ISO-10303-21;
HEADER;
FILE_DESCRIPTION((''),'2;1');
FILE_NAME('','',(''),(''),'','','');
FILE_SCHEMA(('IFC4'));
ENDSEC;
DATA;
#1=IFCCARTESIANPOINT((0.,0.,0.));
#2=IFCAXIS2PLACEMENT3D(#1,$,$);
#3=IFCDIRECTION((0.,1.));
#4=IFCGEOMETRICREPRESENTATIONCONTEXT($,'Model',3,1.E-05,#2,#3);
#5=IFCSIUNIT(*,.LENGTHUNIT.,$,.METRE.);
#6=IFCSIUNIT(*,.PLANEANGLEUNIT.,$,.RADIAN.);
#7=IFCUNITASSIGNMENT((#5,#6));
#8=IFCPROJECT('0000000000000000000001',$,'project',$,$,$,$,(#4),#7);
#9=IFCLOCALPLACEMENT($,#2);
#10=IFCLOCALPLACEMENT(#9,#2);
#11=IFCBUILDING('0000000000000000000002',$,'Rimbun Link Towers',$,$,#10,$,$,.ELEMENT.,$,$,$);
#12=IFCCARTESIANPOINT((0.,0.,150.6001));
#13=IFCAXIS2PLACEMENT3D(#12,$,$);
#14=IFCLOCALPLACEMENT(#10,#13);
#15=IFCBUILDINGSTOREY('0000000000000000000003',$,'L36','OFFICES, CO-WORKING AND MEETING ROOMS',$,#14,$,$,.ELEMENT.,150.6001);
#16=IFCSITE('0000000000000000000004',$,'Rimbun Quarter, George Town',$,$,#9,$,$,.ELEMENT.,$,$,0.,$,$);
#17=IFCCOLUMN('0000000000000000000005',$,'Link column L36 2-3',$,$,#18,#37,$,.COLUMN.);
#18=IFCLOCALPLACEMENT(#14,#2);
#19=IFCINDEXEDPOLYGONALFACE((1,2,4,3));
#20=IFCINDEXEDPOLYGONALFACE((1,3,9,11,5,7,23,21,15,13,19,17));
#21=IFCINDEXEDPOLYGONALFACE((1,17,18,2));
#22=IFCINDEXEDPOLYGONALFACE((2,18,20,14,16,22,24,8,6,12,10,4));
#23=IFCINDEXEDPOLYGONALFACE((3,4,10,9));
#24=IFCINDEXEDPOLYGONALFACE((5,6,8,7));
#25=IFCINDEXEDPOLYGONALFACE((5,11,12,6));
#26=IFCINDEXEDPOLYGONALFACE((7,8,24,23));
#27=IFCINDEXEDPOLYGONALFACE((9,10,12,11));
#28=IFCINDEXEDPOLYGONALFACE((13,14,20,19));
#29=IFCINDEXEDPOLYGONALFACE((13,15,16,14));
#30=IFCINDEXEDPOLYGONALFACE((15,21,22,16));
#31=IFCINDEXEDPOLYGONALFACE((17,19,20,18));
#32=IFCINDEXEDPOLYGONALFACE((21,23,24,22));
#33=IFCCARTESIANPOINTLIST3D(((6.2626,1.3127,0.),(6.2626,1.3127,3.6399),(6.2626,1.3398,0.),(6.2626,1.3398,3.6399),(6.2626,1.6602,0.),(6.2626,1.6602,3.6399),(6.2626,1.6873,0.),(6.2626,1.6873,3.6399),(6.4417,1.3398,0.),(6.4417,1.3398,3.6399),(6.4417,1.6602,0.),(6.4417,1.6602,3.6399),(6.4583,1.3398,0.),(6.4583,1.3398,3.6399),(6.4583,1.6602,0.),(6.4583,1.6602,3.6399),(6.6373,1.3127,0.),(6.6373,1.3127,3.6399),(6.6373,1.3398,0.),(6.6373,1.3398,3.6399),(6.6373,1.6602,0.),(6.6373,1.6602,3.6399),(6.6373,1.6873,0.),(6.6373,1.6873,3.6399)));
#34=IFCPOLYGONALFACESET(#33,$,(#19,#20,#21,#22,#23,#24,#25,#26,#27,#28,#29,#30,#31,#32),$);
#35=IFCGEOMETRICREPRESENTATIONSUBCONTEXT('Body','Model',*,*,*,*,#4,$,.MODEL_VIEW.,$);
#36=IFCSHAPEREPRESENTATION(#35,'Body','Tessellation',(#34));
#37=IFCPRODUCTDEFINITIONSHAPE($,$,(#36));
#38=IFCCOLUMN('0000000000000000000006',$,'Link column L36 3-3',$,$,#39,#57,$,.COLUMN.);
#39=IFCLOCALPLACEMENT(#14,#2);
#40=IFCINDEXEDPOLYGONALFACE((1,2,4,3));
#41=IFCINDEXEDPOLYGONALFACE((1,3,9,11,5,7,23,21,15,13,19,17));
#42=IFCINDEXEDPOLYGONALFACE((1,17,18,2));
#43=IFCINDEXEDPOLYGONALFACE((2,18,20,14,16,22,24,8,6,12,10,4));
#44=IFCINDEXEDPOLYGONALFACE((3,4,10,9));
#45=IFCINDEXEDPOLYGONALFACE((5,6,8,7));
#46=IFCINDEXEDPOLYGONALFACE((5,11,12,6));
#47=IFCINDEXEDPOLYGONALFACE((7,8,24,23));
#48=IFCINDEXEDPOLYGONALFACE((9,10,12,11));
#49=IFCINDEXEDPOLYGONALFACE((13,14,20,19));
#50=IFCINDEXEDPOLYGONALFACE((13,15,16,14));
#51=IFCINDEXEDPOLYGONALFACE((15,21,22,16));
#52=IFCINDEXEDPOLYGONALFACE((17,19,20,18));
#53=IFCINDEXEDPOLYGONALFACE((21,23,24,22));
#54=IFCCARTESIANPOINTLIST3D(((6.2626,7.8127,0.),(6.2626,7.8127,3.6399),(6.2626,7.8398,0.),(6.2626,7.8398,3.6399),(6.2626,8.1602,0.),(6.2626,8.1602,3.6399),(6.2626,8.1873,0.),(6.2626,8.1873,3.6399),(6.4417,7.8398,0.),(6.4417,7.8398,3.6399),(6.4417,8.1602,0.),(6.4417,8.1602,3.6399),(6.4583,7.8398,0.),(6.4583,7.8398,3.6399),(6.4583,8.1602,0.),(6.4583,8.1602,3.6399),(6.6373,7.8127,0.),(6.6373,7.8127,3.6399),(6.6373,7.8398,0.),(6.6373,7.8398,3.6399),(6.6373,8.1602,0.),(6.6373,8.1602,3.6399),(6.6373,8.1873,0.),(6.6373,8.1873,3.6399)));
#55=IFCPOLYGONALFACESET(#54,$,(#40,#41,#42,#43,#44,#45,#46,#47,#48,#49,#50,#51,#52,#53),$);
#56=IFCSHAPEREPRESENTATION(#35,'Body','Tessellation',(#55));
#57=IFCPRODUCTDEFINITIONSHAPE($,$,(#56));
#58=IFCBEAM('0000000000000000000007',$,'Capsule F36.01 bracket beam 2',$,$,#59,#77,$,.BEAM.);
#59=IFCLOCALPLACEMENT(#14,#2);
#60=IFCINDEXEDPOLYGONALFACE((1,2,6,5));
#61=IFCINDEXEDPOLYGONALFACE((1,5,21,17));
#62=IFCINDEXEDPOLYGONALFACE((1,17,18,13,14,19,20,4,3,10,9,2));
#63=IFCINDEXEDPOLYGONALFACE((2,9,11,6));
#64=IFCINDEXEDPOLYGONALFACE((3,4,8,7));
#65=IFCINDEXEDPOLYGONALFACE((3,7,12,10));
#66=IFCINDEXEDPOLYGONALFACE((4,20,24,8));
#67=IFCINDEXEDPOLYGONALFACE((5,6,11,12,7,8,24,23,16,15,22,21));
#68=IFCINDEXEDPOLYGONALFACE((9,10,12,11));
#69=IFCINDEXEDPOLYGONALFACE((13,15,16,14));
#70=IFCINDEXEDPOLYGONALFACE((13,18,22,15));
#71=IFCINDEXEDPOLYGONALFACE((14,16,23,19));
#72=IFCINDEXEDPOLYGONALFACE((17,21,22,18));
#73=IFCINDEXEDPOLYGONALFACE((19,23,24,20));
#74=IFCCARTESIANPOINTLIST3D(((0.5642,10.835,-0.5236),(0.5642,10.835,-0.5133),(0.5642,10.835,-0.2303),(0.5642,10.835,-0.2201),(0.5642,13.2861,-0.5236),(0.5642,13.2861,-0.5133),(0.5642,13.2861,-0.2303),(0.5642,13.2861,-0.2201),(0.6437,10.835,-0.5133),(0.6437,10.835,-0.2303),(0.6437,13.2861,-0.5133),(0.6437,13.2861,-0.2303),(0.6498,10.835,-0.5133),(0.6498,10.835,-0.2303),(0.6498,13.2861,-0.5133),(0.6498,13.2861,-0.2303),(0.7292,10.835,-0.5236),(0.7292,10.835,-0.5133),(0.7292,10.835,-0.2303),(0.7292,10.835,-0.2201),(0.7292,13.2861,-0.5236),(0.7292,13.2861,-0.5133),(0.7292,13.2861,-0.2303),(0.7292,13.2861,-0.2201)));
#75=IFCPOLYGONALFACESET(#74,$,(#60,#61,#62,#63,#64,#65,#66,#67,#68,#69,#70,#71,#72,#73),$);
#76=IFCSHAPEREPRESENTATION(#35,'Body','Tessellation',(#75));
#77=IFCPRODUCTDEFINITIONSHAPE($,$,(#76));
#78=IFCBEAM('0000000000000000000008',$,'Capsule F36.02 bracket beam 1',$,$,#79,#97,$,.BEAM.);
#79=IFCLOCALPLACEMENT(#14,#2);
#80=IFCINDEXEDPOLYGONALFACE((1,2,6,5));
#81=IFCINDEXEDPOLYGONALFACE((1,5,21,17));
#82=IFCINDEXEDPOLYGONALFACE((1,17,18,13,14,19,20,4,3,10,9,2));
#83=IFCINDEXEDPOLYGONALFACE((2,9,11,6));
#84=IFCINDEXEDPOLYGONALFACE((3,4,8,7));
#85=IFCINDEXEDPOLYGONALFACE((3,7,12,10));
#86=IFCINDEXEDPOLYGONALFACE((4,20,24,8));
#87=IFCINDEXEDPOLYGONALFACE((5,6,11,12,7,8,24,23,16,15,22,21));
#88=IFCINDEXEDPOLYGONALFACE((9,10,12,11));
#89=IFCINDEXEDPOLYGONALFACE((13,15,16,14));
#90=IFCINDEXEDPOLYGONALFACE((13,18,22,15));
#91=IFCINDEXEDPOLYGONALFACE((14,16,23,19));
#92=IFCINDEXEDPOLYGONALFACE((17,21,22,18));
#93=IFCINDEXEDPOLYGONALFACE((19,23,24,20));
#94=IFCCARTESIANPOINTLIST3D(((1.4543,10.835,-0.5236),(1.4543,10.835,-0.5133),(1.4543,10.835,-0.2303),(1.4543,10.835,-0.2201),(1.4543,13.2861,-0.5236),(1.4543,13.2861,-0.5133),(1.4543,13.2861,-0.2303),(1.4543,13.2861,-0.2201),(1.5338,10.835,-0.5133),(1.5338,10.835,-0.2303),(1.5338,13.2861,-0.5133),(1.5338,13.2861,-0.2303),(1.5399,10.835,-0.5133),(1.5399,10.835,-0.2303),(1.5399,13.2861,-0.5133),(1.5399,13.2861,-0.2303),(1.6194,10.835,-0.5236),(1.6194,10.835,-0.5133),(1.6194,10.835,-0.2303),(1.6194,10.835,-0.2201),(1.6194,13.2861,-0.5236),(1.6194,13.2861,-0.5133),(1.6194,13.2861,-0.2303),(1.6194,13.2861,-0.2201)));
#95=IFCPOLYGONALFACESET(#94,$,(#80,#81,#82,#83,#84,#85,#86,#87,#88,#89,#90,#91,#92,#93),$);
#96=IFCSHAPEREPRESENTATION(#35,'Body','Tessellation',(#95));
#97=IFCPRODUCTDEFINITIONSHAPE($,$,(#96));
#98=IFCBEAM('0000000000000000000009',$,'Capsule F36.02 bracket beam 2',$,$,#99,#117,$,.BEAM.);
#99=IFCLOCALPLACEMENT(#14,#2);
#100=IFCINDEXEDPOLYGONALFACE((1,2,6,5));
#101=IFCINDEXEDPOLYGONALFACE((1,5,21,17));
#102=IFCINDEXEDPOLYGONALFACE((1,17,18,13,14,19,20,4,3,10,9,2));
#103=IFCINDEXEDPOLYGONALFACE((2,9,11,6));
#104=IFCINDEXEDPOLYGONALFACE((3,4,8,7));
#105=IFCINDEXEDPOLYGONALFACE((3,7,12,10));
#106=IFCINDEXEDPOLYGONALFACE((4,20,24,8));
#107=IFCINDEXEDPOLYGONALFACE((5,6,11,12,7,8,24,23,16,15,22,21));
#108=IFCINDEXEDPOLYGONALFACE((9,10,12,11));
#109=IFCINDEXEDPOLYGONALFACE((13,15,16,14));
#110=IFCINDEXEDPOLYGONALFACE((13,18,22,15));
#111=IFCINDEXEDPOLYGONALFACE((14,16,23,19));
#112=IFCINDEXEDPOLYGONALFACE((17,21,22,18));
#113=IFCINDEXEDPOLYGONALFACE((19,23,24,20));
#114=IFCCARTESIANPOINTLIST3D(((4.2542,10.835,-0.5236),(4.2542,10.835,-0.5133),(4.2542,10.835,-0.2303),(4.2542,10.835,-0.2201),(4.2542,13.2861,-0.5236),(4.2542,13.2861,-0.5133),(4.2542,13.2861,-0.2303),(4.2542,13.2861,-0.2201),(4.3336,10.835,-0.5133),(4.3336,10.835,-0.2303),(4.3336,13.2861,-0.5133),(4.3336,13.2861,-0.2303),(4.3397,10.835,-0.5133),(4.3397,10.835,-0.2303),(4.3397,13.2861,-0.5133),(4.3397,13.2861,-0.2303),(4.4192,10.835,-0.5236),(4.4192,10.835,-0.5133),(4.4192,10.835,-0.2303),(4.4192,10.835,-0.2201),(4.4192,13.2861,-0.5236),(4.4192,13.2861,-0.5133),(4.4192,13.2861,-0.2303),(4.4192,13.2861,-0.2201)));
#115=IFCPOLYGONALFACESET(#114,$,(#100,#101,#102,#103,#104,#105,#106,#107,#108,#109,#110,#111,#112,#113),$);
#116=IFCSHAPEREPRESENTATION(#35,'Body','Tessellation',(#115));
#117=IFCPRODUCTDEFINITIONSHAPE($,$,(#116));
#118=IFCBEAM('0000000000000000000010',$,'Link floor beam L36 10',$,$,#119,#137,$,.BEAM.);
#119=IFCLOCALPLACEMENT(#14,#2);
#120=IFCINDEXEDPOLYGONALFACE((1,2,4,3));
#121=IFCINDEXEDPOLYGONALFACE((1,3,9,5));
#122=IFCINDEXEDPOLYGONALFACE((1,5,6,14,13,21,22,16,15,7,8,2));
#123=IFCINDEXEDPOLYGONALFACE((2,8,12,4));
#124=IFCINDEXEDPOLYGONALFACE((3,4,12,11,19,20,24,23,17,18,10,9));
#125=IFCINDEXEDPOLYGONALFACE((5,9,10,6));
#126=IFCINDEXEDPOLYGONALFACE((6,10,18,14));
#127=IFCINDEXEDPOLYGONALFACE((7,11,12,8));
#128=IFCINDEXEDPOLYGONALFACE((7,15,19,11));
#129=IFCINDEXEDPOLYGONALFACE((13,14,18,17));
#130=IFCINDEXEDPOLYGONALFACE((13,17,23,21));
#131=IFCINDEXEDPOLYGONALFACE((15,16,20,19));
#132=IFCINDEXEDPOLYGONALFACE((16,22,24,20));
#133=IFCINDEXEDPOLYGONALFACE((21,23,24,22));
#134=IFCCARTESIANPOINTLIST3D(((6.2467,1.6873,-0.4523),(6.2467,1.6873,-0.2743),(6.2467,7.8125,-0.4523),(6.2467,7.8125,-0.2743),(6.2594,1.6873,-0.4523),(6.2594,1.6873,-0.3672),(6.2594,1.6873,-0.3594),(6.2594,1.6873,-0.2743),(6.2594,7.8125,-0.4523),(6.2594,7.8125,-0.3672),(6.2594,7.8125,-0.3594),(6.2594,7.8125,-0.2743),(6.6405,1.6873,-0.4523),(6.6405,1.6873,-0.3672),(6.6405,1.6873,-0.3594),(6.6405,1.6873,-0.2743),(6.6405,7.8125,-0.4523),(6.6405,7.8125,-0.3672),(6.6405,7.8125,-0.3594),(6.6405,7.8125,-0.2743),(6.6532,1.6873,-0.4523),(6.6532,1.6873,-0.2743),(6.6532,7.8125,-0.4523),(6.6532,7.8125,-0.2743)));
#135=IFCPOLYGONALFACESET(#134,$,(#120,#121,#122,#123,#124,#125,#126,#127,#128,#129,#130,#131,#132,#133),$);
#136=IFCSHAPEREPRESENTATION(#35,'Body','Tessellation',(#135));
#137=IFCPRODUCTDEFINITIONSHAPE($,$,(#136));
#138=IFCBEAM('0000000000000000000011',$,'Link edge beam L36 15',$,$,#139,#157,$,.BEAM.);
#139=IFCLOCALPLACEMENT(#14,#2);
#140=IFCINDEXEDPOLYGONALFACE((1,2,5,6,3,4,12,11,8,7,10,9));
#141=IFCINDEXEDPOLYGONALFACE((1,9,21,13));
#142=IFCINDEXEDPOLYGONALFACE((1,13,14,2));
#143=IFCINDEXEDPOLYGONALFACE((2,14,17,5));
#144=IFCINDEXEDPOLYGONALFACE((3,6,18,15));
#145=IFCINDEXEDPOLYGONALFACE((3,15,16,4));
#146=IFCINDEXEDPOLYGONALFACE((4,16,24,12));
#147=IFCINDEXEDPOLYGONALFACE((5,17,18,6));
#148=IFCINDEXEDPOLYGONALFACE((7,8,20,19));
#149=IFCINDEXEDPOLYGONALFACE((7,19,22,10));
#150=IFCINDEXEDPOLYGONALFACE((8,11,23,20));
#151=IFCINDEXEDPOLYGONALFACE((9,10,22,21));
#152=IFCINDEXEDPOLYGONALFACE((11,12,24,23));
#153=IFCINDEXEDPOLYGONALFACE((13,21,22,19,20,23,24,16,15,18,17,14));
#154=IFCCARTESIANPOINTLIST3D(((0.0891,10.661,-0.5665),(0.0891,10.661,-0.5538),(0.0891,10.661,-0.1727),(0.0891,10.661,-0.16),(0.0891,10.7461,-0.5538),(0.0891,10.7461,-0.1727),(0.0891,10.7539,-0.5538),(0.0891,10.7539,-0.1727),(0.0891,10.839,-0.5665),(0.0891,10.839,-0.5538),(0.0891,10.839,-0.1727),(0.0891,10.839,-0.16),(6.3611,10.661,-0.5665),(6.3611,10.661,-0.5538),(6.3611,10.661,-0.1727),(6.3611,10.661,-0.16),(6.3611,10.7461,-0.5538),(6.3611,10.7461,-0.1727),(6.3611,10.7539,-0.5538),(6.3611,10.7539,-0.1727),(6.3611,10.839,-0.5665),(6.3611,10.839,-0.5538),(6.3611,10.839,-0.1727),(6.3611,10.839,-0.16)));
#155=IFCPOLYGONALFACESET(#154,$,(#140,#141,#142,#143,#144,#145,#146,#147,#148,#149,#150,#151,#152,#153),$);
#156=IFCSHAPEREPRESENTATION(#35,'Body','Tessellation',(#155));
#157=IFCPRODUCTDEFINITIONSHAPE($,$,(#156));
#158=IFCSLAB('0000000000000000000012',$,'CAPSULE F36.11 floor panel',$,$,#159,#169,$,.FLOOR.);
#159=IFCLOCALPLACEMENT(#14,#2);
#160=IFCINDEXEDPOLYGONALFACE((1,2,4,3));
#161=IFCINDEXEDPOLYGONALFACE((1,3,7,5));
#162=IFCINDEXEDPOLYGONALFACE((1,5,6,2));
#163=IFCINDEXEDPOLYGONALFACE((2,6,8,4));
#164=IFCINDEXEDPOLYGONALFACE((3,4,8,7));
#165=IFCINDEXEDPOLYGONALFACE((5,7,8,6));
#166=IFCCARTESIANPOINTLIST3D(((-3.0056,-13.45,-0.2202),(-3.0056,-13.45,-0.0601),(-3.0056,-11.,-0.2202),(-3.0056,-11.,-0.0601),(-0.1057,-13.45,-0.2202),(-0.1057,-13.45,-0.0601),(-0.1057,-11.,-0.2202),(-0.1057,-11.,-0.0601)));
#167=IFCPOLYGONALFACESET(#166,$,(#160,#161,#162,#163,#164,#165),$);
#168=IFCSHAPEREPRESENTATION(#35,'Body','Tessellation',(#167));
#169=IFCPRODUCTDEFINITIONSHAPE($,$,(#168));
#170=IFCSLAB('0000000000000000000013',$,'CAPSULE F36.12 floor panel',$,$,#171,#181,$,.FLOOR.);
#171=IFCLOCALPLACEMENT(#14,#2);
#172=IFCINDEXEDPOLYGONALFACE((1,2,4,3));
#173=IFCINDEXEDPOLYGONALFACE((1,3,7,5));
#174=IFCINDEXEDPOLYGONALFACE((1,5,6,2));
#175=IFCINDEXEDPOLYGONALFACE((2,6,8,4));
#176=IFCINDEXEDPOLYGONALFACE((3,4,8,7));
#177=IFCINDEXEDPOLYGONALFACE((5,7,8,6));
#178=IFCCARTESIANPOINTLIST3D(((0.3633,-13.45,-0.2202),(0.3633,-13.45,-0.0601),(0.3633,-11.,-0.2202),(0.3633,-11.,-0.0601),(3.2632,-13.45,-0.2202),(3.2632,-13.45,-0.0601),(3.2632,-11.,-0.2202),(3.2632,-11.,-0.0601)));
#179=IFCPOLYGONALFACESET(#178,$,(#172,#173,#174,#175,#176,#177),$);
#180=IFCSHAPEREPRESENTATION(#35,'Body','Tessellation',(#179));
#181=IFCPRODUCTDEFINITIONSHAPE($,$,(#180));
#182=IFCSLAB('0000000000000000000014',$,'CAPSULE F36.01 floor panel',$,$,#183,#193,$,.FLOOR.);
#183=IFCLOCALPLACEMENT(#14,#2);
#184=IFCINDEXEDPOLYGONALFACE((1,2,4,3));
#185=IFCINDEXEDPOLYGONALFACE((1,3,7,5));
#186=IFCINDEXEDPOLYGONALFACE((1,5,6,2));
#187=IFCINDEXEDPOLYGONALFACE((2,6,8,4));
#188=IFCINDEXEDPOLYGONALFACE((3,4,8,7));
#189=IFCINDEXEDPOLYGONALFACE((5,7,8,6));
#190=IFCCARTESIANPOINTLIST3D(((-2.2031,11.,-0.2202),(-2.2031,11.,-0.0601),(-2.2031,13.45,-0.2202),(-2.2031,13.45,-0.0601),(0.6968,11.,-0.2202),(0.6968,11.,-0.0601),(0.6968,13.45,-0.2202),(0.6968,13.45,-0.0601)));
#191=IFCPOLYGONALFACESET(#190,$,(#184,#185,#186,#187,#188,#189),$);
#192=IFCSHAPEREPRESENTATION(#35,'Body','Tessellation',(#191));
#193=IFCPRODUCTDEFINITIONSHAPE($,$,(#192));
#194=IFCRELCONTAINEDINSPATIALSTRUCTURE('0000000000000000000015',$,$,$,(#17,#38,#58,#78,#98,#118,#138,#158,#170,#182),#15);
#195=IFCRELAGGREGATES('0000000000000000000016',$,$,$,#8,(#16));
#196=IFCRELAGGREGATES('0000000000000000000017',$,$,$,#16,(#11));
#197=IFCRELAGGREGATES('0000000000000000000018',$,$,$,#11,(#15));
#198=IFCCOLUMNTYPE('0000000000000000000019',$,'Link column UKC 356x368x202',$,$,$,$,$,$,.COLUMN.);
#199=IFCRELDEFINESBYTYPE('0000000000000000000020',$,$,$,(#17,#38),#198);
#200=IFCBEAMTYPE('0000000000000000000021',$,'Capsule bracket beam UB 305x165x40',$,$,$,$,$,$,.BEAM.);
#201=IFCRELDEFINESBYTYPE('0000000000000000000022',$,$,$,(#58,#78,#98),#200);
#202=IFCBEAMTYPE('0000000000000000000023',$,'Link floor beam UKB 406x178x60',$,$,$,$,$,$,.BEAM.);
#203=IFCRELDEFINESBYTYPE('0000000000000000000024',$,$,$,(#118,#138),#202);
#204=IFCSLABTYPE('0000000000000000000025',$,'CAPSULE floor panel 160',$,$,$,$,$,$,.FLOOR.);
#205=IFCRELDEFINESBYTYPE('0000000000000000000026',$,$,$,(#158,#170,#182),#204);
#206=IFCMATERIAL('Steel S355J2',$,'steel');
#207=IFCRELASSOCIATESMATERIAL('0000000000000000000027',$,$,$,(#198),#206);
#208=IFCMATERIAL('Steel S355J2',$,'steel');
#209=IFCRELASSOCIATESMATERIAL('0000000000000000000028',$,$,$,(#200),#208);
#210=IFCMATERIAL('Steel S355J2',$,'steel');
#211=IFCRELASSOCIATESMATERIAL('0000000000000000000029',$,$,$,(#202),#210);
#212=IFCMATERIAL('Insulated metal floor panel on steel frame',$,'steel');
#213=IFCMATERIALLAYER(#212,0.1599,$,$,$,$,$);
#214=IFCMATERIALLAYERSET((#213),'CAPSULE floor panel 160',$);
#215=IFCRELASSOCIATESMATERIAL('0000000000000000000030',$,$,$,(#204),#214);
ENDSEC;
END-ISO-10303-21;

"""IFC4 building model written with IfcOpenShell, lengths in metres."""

from ifc_helpers import new_model, si_unit, direction, frame, origin, origin_2d, place, context, subcontext, project, spatial, polyline, i_section, outline, extrude, material, layer, layer_set, material_profile, profile_set, type_object, element, save


model = new_model("IFC4")

# Units and contexts
model_context = context("Model", 3, precision=1e-05, world=origin(), true_north=direction((0.0, 1.0)))
body_context = subcontext(model_context, "Body", "Model", "MODEL_VIEW")
ifc_project = project(units=[si_unit("LENGTHUNIT", "METRE"), si_unit("PLANEANGLEUNIT", "RADIAN")], contexts=[model_context])

# Site, building, storey
site_placement = place(None, origin())
site = spatial("IfcSite", under=ifc_project, at=site_placement, Name="Rimbun Quarter, George Town", CompositionType="ELEMENT", RefElevation=0.0)
building_placement = place(site_placement, origin())
building = spatial("IfcBuilding", under=site, at=building_placement, Name="Rimbun Link Towers", CompositionType="ELEMENT")
storey_placement = place(building_placement, frame((0.0, 0.0, 150.6001)))
storey = spatial("IfcBuildingStorey", under=building, at=storey_placement, Name="L36", Description="OFFICES, CO-WORKING AND MEETING ROOMS", CompositionType="ELEMENT", Elevation=150.6001)

# Columns
ifc_material_1 = material(Name="Steel S355J2", Category="steel")
ifc_material_profile_1 = material_profile(ifc_material_1, i_section(OverallWidth=0.3748, OverallDepth=0.3745, WebThickness=0.0166, FlangeThickness=0.0271, at=origin_2d()), Name="UKC 356x368x202")
ifc_profile_set_1 = profile_set([ifc_material_profile_1], Name="Steel S355J2")
column_type = type_object("IfcColumnType", Name="Link column UKC 356x368x202", PredefinedType="COLUMN", material=ifc_profile_set_1)
for number, where, z_axis, x_axis, name in (
    (1, (6.45, 1.5, 0.0), (0.0, 0.0, 1.0), (1.0, 0.0, 0.0), "Link column L36 2-3"),
    (2, (6.45, 8.0, 0.0), (0.0, 0.0, 1.0), (1.0, 0.0, 0.0), "Link column L36 3-3"),
):
    element("IfcColumn", number, at=place(storey_placement, frame(where, z_axis=z_axis, x_axis=x_axis)), inside=storey, type_object=column_type, Name=name, PredefinedType="COLUMN", context=body_context, shape_type="SweptSolid", body=[
        extrude(i_section(OverallWidth=0.3748, OverallDepth=0.3745, WebThickness=0.0166, FlangeThickness=0.0271, at=origin_2d()), origin(), (0.0, 0.0, 1.0), 3.6399),
    ])

# Beams
ifc_material_2 = material(Name="Steel S355J2", Category="steel")
ifc_material_profile_2 = material_profile(ifc_material_2, i_section(OverallWidth=0.165, OverallDepth=0.3035, WebThickness=0.0061, FlangeThickness=0.0103, at=origin_2d()), Name="UB 305x165x40")
ifc_profile_set_2 = profile_set([ifc_material_profile_2], Name="Steel S355J2")
beam_type_1 = type_object("IfcBeamType", Name="Capsule bracket beam UB 305x165x40", PredefinedType="BEAM", material=ifc_profile_set_2)
for number, where, z_axis, x_axis, name in (
    (3, (0.6467, 10.835, -0.3718), (0.0, 1.0, 0.0), (-1.0, 0.0, 0.0), "Capsule F36.01 bracket beam 2"),
    (4, (1.5369, 10.835, -0.3718), (0.0, 1.0, 0.0), (-1.0, 0.0, 0.0), "Capsule F36.02 bracket beam 1"),
    (5, (4.3367, 10.835, -0.3718), (0.0, 1.0, 0.0), (-1.0, 0.0, 0.0), "Capsule F36.02 bracket beam 2"),
):
    element("IfcBeam", number, at=place(storey_placement, frame(where, z_axis=z_axis, x_axis=x_axis)), inside=storey, type_object=beam_type_1, Name=name, PredefinedType="BEAM", context=body_context, shape_type="SweptSolid", body=[
        extrude(i_section(OverallWidth=0.165, OverallDepth=0.3035, WebThickness=0.0061, FlangeThickness=0.0103, at=origin_2d()), origin(), (0.0, 0.0, 1.0), 2.4512),
    ])
ifc_material_3 = material(Name="Steel S355J2", Category="steel")
ifc_material_profile_3 = material_profile(ifc_material_3, i_section(OverallWidth=0.178, OverallDepth=0.4065, WebThickness=0.0078, FlangeThickness=0.0127, at=origin_2d()), Name="UKB 406x178x60")
ifc_profile_set_3 = profile_set([ifc_material_profile_3], Name="Steel S355J2")
beam_type_2 = type_object("IfcBeamType", Name="Link floor beam UKB 406x178x60", PredefinedType="BEAM", material=ifc_profile_set_3)
beam_1_placement = place(storey_placement, frame((6.45, 1.6873, -0.3633), z_axis=(0.0, 1.0, 0.0), x_axis=(0.0, 0.0, 1.0)))
element("IfcBeam", 6, at=beam_1_placement, inside=storey, type_object=beam_type_2, Name="Link floor beam L36 10", PredefinedType="BEAM", context=body_context, shape_type="SweptSolid", body=[
    extrude(i_section(OverallWidth=0.178, OverallDepth=0.4065, WebThickness=0.0078, FlangeThickness=0.0127, at=origin_2d()), origin(), (0.0, 0.0, 1.0), 6.1252),
])
beam_2_placement = place(storey_placement, frame((0.0891, 10.75, -0.3633), z_axis=(1.0, 0.0, 0.0), x_axis=(0.0, 1.0, 0.0)))
element("IfcBeam", 7, at=beam_2_placement, inside=storey, type_object=beam_type_2, Name="Link edge beam L36 15", PredefinedType="BEAM", context=body_context, shape_type="SweptSolid", body=[
    extrude(i_section(OverallWidth=0.178, OverallDepth=0.4065, WebThickness=0.0078, FlangeThickness=0.0127, at=origin_2d()), origin(), (0.0, 0.0, 1.0), 6.272),
])

# Slabs
ifc_material_4 = material(Name="Insulated metal floor panel on steel frame", Category="steel")
ifc_layer_1 = layer(ifc_material_4, 0.1599)
ifc_layer_set_1 = layer_set([ifc_layer_1], Name="CAPSULE floor panel 160")
slab_type_1 = type_object("IfcSlabType", Name="CAPSULE floor panel 160", PredefinedType="FLOOR", material=ifc_layer_set_1)
slab_1_placement = place(storey_placement, frame((0.0, 0.0, -0.2202)))
element("IfcSlab", 8, at=slab_1_placement, inside=storey, type_object=slab_type_1, Name="CAPSULE F36.11 floor panel", PredefinedType="FLOOR", context=body_context, shape_type="SweptSolid", body=[
    extrude(outline(polyline([(-0.1057, -11.0), (-3.0056, -11.0), (-3.0056, -13.45), (-0.1057, -13.45), (-0.1057, -11.0)])), origin(), (0.0, 0.0, 1.0), 0.1602),
])
slab_2_placement = place(storey_placement, frame((0.0, 0.0, -0.2202)))
element("IfcSlab", 9, at=slab_2_placement, inside=storey, type_object=slab_type_1, Name="CAPSULE F36.12 floor panel", PredefinedType="FLOOR", context=body_context, shape_type="SweptSolid", body=[
    extrude(outline(polyline([(3.2632, -11.0), (0.3633, -11.0), (0.3633, -13.45), (3.2632, -13.45), (3.2632, -11.0)])), origin(), (0.0, 0.0, 1.0), 0.1602),
])
slab_3_placement = place(storey_placement, frame((0.0, 0.0, -0.2202)))
element("IfcSlab", 10, at=slab_3_placement, inside=storey, type_object=slab_type_1, Name="CAPSULE F36.01 floor panel", PredefinedType="FLOOR", context=body_context, shape_type="SweptSolid", body=[
    extrude(outline(polyline([(-2.2031, 11.0), (0.6968, 11.0), (0.6968, 13.45), (-2.2031, 13.45), (-2.2031, 11.0)])), origin(), (0.0, 0.0, 1.0), 0.1602),
])

save(model, "model.ifc")
